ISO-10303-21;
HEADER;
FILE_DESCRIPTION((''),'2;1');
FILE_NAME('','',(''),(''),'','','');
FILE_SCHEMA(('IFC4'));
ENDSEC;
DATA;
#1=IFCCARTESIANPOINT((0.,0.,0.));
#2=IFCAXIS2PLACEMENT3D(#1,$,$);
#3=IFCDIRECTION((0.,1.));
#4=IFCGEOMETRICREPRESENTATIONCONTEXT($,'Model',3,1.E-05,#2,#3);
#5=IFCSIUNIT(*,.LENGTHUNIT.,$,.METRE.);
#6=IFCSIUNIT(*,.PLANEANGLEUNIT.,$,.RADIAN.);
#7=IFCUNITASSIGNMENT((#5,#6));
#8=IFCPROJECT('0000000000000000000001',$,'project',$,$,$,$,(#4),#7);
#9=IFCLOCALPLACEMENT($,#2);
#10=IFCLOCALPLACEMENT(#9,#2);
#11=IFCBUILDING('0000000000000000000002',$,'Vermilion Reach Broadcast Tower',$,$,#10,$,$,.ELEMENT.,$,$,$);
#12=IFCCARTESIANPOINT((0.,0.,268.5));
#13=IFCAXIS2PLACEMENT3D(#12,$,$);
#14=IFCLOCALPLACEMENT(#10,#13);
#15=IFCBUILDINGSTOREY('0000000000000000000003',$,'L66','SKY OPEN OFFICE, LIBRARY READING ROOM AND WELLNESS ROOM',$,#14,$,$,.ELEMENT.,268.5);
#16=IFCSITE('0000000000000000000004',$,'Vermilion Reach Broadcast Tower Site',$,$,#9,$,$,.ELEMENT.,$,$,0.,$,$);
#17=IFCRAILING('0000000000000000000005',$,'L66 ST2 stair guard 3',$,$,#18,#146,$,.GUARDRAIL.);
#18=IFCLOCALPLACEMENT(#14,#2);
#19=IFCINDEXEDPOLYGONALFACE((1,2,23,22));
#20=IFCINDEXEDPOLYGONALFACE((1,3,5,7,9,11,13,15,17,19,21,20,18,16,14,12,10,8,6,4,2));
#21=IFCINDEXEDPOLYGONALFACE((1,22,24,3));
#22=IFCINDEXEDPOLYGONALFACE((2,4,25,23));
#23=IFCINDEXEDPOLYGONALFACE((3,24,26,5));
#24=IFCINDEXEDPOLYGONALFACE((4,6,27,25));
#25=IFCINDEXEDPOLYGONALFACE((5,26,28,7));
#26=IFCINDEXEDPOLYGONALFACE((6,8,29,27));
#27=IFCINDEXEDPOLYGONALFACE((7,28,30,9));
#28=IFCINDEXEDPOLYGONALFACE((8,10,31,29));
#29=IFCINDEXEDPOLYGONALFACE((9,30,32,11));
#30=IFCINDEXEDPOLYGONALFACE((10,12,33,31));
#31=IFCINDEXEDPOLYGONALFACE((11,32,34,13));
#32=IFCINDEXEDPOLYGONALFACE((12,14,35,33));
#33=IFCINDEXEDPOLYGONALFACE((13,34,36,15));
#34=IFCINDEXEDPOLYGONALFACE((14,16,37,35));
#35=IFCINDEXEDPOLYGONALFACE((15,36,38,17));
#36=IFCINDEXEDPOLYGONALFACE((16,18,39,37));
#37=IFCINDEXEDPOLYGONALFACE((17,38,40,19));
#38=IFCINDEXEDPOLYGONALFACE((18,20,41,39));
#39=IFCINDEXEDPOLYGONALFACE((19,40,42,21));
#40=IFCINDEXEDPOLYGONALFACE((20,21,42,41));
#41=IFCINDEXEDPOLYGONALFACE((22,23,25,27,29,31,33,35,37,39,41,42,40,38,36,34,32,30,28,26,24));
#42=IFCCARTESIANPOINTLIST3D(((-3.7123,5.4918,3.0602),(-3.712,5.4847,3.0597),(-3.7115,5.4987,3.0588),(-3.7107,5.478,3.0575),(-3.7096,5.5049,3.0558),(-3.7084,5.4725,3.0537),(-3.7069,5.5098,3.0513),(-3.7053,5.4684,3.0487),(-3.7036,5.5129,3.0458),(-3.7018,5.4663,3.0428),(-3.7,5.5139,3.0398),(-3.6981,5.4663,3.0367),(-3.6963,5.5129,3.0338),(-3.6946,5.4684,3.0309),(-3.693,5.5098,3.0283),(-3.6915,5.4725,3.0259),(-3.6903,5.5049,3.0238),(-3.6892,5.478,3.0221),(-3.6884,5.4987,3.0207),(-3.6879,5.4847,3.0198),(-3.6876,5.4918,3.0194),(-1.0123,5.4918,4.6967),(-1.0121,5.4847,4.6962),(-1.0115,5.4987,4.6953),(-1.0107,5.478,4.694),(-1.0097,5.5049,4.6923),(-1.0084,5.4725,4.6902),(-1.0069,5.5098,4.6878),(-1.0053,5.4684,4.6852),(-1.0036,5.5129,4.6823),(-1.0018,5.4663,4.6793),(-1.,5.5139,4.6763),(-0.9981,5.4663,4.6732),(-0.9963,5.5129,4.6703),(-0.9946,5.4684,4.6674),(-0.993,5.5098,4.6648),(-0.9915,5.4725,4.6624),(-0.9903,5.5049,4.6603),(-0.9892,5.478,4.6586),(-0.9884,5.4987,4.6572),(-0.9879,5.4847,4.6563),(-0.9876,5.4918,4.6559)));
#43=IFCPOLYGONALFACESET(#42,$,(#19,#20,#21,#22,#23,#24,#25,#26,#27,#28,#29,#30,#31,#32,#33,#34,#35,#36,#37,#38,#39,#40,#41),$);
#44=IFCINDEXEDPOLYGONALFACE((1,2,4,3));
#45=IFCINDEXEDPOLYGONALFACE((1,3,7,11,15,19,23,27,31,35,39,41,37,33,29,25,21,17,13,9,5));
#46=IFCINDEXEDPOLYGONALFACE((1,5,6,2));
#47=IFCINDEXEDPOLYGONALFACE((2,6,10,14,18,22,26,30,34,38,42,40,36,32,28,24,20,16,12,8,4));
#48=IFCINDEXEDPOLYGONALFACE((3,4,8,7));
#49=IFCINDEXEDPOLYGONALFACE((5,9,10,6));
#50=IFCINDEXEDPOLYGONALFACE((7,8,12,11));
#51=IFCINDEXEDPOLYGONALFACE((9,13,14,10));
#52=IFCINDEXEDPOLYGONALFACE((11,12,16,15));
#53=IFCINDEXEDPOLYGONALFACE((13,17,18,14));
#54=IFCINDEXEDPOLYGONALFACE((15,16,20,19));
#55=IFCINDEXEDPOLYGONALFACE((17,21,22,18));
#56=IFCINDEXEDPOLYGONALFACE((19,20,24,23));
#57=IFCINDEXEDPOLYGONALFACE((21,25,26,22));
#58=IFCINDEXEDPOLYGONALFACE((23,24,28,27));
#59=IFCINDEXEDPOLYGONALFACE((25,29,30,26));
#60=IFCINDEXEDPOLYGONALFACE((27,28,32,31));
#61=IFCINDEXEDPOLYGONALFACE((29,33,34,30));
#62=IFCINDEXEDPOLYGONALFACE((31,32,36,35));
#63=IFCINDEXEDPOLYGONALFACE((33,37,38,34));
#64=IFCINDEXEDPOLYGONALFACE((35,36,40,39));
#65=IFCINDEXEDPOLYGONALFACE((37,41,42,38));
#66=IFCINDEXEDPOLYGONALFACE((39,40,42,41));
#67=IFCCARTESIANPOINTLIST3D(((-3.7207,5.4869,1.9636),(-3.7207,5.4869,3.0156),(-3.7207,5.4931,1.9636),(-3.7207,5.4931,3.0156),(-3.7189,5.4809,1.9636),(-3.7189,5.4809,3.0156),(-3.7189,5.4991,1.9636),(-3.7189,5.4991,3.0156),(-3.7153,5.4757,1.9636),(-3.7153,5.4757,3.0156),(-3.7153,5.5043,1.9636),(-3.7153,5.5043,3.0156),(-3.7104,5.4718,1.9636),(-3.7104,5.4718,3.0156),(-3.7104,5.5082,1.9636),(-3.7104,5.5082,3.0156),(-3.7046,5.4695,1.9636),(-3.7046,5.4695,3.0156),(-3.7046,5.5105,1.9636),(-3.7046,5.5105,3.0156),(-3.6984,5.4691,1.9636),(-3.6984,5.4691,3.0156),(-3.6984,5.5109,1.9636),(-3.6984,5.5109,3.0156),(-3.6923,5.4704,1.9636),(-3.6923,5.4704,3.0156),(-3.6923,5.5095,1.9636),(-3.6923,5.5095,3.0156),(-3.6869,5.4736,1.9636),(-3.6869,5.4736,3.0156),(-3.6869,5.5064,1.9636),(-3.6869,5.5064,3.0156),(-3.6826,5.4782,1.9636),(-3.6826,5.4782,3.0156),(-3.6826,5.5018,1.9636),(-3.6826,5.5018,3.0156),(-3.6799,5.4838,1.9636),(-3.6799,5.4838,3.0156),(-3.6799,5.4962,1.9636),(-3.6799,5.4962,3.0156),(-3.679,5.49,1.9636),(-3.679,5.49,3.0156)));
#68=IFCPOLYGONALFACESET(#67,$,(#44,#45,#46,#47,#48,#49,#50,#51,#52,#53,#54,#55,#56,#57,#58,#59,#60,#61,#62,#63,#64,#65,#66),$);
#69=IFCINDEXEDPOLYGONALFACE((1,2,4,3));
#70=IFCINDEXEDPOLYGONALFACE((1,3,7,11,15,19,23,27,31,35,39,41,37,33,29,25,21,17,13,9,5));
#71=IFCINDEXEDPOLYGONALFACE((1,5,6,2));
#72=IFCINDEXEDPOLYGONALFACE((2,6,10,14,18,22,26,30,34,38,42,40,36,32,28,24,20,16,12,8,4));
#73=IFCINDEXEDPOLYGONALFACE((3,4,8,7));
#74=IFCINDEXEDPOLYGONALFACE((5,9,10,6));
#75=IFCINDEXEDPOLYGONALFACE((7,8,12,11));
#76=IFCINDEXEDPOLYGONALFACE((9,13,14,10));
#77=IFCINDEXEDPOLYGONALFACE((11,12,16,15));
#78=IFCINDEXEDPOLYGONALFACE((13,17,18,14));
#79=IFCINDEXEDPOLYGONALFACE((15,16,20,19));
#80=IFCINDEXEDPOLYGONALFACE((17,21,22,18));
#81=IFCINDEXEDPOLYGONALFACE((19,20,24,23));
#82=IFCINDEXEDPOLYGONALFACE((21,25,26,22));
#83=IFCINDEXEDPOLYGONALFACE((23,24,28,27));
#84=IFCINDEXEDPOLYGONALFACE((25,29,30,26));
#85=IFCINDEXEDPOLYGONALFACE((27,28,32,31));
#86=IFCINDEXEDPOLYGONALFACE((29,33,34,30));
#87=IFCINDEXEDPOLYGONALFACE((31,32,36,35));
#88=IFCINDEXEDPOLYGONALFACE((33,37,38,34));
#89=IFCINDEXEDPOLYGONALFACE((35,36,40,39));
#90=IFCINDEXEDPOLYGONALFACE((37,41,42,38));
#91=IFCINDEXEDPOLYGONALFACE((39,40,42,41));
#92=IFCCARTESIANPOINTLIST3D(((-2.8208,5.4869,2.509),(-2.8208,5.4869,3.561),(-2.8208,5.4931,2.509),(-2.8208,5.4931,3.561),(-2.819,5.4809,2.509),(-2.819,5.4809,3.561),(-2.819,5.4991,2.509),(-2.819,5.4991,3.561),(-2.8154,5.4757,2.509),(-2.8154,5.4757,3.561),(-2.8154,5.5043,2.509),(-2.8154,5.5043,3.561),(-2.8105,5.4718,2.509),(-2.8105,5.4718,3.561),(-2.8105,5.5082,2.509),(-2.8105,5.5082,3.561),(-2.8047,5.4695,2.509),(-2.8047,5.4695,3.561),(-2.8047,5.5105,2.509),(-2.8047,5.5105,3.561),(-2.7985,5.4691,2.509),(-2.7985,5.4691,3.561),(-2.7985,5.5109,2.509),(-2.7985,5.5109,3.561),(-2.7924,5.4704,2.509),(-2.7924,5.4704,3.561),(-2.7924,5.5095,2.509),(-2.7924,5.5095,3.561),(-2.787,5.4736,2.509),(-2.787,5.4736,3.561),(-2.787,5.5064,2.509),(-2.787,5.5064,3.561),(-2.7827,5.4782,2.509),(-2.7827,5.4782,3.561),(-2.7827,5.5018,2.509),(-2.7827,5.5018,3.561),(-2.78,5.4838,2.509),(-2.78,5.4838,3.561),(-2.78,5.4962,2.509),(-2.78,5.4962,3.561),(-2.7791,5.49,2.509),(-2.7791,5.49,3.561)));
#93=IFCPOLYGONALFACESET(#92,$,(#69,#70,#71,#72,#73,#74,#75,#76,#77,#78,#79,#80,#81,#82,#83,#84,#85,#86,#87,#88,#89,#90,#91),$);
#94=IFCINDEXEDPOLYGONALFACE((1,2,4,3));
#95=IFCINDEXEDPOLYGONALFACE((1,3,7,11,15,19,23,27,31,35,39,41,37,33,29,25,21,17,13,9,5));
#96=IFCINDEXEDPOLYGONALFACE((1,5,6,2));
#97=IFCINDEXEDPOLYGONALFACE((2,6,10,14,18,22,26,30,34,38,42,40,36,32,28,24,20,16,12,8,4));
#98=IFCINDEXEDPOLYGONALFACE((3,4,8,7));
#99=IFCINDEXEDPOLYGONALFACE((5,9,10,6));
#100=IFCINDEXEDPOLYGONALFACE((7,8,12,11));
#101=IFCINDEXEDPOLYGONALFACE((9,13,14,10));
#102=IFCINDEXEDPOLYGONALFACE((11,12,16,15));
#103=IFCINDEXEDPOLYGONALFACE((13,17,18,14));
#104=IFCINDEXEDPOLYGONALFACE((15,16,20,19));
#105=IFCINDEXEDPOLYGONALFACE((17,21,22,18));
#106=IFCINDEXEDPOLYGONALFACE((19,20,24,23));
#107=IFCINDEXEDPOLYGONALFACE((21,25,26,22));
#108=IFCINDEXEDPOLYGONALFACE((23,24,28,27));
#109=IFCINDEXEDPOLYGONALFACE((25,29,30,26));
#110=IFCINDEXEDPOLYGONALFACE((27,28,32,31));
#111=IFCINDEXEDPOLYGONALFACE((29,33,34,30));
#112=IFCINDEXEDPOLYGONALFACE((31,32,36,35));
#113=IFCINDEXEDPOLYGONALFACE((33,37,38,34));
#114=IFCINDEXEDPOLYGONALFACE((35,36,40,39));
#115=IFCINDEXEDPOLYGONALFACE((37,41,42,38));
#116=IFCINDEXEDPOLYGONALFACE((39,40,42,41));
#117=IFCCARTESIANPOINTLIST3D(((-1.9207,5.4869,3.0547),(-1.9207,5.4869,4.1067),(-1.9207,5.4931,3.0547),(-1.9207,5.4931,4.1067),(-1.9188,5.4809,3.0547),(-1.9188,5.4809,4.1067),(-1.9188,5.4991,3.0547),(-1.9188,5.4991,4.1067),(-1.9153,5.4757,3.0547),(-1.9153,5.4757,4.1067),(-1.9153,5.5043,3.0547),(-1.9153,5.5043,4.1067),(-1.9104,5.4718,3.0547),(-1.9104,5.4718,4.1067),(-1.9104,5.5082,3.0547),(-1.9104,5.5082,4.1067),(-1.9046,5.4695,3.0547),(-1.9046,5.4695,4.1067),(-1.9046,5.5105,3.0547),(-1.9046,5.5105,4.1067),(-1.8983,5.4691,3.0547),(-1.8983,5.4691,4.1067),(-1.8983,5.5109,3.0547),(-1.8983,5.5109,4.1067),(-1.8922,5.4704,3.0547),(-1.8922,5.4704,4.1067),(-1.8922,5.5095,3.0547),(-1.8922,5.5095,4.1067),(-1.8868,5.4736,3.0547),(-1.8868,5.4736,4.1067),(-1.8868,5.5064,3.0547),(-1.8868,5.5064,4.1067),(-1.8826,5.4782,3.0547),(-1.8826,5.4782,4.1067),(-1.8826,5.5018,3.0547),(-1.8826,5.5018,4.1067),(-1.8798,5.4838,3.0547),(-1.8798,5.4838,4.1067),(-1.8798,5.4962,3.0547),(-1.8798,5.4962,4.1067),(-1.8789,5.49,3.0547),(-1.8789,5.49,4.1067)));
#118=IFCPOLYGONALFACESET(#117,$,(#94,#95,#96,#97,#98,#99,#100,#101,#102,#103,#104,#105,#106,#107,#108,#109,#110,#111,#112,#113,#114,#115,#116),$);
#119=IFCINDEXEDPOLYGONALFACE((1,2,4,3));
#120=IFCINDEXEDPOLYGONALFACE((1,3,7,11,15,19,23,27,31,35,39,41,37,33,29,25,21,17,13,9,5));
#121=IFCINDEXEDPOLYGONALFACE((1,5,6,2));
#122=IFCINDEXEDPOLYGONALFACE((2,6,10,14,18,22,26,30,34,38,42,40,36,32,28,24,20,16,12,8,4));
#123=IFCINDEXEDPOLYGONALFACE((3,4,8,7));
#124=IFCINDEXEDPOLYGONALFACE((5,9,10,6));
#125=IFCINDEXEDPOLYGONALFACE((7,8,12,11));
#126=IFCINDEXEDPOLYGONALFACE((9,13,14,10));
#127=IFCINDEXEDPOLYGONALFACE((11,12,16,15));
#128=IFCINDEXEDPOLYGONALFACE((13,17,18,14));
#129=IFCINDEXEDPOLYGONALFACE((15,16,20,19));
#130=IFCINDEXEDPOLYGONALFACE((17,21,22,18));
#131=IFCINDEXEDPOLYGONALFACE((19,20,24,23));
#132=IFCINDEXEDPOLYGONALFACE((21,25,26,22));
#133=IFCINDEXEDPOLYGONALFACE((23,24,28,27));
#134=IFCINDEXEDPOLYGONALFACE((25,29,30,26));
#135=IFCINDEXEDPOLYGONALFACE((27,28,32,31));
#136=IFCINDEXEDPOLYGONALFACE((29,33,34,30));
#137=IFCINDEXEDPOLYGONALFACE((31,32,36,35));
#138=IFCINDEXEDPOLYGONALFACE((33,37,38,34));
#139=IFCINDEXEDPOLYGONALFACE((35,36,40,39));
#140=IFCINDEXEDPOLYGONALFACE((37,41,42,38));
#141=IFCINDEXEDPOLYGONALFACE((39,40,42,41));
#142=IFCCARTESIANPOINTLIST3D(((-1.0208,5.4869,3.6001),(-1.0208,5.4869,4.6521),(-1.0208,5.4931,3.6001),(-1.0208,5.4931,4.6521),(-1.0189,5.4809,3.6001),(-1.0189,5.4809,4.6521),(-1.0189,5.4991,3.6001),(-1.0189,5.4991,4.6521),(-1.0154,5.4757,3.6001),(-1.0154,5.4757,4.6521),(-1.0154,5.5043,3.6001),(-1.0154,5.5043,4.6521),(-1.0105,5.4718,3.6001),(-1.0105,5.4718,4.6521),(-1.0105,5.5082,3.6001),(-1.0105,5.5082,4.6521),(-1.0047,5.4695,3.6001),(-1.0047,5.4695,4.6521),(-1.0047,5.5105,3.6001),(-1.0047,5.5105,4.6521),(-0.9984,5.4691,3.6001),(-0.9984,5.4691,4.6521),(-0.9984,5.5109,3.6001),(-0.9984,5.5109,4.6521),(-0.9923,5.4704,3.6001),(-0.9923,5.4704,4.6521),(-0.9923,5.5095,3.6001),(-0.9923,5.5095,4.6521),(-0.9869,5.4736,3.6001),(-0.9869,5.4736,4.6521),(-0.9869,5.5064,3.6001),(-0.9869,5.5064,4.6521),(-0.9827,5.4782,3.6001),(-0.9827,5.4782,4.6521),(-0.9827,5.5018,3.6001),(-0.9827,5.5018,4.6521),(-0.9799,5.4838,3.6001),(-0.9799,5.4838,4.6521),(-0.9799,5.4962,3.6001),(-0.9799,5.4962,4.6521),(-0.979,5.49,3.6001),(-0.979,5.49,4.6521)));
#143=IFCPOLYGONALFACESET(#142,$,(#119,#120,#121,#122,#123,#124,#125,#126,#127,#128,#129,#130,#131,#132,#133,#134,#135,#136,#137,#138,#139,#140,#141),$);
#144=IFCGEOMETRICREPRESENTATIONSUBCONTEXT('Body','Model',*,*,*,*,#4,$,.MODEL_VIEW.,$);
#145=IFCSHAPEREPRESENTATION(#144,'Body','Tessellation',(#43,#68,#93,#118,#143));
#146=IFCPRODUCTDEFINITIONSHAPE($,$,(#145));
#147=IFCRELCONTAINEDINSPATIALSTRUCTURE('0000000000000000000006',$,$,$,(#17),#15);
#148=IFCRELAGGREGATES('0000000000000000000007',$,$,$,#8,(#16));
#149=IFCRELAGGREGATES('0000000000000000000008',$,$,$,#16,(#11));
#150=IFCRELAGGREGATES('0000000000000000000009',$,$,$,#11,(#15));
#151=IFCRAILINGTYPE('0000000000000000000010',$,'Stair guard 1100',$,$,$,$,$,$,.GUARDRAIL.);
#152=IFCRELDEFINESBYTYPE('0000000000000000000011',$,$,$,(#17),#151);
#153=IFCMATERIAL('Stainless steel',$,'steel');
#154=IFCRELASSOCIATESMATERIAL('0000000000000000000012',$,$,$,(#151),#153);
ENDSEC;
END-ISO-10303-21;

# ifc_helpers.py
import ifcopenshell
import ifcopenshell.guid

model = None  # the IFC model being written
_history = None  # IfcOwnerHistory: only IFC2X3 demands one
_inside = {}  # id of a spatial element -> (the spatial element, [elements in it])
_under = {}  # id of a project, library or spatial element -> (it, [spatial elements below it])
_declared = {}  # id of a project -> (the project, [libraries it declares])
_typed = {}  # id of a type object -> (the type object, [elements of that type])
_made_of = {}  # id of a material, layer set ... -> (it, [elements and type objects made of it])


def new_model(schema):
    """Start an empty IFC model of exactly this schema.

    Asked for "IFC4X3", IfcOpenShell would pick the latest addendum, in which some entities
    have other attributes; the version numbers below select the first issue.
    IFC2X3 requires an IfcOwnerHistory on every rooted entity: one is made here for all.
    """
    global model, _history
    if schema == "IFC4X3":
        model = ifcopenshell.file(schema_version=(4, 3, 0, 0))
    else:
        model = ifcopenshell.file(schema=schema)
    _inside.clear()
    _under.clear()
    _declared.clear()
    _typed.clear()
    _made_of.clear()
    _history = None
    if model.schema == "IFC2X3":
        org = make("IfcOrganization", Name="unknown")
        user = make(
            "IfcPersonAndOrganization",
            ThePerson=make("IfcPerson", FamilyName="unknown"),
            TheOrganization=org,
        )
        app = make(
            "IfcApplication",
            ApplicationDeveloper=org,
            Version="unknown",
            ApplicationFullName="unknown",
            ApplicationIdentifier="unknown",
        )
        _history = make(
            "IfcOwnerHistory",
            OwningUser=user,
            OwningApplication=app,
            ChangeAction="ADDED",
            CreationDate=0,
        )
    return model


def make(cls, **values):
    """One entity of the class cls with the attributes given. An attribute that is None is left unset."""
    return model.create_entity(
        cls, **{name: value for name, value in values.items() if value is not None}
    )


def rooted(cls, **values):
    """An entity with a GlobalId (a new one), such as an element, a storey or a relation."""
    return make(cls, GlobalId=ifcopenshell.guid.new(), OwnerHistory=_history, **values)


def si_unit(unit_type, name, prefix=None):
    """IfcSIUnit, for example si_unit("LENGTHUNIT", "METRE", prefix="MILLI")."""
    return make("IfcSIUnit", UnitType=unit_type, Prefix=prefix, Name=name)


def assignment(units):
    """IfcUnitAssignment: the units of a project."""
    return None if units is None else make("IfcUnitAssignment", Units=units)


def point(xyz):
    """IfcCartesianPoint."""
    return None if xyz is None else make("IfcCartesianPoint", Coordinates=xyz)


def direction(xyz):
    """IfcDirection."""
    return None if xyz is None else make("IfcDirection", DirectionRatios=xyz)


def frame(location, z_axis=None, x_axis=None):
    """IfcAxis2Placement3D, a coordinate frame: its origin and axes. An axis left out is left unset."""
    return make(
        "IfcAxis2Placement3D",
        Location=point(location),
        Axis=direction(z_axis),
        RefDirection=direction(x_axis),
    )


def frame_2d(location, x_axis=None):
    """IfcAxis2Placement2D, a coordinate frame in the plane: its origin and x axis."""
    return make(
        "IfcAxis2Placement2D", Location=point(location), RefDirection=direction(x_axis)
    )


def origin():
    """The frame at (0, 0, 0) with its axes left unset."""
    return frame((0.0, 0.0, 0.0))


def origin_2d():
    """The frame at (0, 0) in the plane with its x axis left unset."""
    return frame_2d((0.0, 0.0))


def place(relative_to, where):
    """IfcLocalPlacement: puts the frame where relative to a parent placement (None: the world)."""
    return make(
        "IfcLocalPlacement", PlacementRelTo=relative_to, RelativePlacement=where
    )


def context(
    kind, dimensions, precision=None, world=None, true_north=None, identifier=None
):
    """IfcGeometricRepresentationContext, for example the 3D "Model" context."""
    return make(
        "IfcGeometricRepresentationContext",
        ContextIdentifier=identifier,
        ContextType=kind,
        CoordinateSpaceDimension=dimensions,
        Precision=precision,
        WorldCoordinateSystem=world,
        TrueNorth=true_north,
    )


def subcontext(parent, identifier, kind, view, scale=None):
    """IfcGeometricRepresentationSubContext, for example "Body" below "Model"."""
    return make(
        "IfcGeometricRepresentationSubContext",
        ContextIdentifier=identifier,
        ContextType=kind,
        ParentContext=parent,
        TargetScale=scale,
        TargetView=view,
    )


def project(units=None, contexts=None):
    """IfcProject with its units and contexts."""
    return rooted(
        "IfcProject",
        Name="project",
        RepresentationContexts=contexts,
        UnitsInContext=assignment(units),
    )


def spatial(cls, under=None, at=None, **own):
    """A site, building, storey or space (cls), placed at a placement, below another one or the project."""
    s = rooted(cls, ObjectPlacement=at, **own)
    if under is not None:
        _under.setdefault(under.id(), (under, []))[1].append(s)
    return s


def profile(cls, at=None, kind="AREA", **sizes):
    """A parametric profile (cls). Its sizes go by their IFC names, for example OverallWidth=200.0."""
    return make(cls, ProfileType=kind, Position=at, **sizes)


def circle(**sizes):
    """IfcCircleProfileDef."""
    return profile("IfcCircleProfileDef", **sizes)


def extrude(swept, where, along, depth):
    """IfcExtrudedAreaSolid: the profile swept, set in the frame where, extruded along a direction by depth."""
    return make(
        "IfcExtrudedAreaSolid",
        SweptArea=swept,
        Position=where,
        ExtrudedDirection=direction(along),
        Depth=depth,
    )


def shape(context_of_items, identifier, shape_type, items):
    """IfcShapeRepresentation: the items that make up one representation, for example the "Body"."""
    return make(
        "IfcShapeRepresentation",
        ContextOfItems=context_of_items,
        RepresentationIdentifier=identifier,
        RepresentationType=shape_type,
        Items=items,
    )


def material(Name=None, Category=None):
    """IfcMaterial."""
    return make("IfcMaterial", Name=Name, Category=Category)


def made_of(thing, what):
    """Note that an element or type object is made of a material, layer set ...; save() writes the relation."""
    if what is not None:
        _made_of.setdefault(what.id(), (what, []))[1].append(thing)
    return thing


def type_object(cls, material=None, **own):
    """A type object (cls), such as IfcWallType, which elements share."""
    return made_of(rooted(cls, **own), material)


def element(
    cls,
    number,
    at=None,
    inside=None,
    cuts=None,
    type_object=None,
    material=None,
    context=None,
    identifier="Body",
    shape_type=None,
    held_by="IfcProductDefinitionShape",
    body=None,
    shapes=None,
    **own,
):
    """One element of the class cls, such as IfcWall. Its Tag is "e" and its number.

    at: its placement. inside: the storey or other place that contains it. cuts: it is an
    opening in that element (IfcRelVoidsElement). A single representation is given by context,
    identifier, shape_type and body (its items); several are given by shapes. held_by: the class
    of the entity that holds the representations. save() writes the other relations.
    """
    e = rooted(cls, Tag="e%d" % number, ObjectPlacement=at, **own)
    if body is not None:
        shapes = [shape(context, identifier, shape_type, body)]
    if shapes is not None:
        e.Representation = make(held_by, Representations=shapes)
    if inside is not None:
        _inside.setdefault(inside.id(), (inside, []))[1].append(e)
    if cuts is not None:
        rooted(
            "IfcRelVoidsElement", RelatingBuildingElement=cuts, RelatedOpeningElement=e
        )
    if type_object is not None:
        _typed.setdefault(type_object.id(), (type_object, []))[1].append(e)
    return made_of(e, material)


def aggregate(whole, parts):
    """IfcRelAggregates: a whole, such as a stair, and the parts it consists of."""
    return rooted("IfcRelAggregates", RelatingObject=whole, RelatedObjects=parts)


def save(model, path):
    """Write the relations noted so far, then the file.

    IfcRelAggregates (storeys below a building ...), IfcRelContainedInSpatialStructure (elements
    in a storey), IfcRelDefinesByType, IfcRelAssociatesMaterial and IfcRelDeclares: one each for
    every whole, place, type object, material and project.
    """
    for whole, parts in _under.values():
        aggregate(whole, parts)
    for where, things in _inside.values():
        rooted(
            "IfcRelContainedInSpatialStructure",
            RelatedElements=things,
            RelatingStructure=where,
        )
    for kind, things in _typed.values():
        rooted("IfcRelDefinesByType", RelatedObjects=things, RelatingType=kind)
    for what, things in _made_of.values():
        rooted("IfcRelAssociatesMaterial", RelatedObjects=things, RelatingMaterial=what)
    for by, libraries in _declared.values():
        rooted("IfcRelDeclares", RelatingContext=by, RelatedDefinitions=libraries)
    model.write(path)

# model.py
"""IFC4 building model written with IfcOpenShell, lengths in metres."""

from ifc_helpers import new_model, si_unit, direction, frame, origin, origin_2d, place, context, subcontext, project, spatial, circle, extrude, material, type_object, element, save


model = new_model("IFC4")

# Units and contexts
model_context = context("Model", 3, precision=1e-05, world=origin(), true_north=direction((0.0, 1.0)))
body_context = subcontext(model_context, "Body", "Model", "MODEL_VIEW")
ifc_project = project(units=[si_unit("LENGTHUNIT", "METRE"), si_unit("PLANEANGLEUNIT", "RADIAN")], contexts=[model_context])

# Site, building, storey
site_placement = place(None, origin())
site = spatial("IfcSite", under=ifc_project, at=site_placement, Name="Vermilion Reach Broadcast Tower Site", CompositionType="ELEMENT", RefElevation=0.0)
building_placement = place(site_placement, origin())
building = spatial("IfcBuilding", under=site, at=building_placement, Name="Vermilion Reach Broadcast Tower", CompositionType="ELEMENT")
storey_placement = place(building_placement, frame((0.0, 0.0, 268.5)))
storey = spatial("IfcBuildingStorey", under=building, at=storey_placement, Name="L66", Description="SKY OPEN OFFICE, LIBRARY READING ROOM AND WELLNESS ROOM", CompositionType="ELEMENT", Elevation=268.5)

# Railing
ifc_material_1 = material(Name="Stainless steel", Category="steel")
railing_type_1 = type_object("IfcRailingType", Name="Stair guard 1100", PredefinedType="GUARDRAIL", material=ifc_material_1)
railing_1_placement = place(storey_placement, frame((-3.7, 5.49, 1.9636)))
element("IfcRailing", 1, at=railing_1_placement, inside=storey, type_object=railing_type_1, Name="L66 ST2 stair guard 3", PredefinedType="GUARDRAIL", context=body_context, shape_type="SweptSolid", body=[
    extrude(circle(Radius=0.0239, at=origin_2d()), frame((0.0, 0.0, 1.0762), z_axis=(0.855178, 0.0, 0.518334), x_axis=(0.0, 1.0, 0.0)), (0.0, 0.0, 1.0), 3.1572),
    extrude(circle(Radius=0.021, at=origin_2d()), origin(), (0.0, 0.0, 1.0), 1.052),
    extrude(circle(Radius=0.021, at=origin_2d()), frame((0.8999, 0.0, 0.5454)), (0.0, 0.0, 1.0), 1.052),
    extrude(circle(Radius=0.021, at=origin_2d()), frame((1.8, 0.0, 1.0911)), (0.0, 0.0, 1.0), 1.052),
    extrude(circle(Radius=0.021, at=origin_2d()), frame((2.7, 0.0, 1.6365)), (0.0, 0.0, 1.0), 1.052),
])

save(model, "model.ifc")
